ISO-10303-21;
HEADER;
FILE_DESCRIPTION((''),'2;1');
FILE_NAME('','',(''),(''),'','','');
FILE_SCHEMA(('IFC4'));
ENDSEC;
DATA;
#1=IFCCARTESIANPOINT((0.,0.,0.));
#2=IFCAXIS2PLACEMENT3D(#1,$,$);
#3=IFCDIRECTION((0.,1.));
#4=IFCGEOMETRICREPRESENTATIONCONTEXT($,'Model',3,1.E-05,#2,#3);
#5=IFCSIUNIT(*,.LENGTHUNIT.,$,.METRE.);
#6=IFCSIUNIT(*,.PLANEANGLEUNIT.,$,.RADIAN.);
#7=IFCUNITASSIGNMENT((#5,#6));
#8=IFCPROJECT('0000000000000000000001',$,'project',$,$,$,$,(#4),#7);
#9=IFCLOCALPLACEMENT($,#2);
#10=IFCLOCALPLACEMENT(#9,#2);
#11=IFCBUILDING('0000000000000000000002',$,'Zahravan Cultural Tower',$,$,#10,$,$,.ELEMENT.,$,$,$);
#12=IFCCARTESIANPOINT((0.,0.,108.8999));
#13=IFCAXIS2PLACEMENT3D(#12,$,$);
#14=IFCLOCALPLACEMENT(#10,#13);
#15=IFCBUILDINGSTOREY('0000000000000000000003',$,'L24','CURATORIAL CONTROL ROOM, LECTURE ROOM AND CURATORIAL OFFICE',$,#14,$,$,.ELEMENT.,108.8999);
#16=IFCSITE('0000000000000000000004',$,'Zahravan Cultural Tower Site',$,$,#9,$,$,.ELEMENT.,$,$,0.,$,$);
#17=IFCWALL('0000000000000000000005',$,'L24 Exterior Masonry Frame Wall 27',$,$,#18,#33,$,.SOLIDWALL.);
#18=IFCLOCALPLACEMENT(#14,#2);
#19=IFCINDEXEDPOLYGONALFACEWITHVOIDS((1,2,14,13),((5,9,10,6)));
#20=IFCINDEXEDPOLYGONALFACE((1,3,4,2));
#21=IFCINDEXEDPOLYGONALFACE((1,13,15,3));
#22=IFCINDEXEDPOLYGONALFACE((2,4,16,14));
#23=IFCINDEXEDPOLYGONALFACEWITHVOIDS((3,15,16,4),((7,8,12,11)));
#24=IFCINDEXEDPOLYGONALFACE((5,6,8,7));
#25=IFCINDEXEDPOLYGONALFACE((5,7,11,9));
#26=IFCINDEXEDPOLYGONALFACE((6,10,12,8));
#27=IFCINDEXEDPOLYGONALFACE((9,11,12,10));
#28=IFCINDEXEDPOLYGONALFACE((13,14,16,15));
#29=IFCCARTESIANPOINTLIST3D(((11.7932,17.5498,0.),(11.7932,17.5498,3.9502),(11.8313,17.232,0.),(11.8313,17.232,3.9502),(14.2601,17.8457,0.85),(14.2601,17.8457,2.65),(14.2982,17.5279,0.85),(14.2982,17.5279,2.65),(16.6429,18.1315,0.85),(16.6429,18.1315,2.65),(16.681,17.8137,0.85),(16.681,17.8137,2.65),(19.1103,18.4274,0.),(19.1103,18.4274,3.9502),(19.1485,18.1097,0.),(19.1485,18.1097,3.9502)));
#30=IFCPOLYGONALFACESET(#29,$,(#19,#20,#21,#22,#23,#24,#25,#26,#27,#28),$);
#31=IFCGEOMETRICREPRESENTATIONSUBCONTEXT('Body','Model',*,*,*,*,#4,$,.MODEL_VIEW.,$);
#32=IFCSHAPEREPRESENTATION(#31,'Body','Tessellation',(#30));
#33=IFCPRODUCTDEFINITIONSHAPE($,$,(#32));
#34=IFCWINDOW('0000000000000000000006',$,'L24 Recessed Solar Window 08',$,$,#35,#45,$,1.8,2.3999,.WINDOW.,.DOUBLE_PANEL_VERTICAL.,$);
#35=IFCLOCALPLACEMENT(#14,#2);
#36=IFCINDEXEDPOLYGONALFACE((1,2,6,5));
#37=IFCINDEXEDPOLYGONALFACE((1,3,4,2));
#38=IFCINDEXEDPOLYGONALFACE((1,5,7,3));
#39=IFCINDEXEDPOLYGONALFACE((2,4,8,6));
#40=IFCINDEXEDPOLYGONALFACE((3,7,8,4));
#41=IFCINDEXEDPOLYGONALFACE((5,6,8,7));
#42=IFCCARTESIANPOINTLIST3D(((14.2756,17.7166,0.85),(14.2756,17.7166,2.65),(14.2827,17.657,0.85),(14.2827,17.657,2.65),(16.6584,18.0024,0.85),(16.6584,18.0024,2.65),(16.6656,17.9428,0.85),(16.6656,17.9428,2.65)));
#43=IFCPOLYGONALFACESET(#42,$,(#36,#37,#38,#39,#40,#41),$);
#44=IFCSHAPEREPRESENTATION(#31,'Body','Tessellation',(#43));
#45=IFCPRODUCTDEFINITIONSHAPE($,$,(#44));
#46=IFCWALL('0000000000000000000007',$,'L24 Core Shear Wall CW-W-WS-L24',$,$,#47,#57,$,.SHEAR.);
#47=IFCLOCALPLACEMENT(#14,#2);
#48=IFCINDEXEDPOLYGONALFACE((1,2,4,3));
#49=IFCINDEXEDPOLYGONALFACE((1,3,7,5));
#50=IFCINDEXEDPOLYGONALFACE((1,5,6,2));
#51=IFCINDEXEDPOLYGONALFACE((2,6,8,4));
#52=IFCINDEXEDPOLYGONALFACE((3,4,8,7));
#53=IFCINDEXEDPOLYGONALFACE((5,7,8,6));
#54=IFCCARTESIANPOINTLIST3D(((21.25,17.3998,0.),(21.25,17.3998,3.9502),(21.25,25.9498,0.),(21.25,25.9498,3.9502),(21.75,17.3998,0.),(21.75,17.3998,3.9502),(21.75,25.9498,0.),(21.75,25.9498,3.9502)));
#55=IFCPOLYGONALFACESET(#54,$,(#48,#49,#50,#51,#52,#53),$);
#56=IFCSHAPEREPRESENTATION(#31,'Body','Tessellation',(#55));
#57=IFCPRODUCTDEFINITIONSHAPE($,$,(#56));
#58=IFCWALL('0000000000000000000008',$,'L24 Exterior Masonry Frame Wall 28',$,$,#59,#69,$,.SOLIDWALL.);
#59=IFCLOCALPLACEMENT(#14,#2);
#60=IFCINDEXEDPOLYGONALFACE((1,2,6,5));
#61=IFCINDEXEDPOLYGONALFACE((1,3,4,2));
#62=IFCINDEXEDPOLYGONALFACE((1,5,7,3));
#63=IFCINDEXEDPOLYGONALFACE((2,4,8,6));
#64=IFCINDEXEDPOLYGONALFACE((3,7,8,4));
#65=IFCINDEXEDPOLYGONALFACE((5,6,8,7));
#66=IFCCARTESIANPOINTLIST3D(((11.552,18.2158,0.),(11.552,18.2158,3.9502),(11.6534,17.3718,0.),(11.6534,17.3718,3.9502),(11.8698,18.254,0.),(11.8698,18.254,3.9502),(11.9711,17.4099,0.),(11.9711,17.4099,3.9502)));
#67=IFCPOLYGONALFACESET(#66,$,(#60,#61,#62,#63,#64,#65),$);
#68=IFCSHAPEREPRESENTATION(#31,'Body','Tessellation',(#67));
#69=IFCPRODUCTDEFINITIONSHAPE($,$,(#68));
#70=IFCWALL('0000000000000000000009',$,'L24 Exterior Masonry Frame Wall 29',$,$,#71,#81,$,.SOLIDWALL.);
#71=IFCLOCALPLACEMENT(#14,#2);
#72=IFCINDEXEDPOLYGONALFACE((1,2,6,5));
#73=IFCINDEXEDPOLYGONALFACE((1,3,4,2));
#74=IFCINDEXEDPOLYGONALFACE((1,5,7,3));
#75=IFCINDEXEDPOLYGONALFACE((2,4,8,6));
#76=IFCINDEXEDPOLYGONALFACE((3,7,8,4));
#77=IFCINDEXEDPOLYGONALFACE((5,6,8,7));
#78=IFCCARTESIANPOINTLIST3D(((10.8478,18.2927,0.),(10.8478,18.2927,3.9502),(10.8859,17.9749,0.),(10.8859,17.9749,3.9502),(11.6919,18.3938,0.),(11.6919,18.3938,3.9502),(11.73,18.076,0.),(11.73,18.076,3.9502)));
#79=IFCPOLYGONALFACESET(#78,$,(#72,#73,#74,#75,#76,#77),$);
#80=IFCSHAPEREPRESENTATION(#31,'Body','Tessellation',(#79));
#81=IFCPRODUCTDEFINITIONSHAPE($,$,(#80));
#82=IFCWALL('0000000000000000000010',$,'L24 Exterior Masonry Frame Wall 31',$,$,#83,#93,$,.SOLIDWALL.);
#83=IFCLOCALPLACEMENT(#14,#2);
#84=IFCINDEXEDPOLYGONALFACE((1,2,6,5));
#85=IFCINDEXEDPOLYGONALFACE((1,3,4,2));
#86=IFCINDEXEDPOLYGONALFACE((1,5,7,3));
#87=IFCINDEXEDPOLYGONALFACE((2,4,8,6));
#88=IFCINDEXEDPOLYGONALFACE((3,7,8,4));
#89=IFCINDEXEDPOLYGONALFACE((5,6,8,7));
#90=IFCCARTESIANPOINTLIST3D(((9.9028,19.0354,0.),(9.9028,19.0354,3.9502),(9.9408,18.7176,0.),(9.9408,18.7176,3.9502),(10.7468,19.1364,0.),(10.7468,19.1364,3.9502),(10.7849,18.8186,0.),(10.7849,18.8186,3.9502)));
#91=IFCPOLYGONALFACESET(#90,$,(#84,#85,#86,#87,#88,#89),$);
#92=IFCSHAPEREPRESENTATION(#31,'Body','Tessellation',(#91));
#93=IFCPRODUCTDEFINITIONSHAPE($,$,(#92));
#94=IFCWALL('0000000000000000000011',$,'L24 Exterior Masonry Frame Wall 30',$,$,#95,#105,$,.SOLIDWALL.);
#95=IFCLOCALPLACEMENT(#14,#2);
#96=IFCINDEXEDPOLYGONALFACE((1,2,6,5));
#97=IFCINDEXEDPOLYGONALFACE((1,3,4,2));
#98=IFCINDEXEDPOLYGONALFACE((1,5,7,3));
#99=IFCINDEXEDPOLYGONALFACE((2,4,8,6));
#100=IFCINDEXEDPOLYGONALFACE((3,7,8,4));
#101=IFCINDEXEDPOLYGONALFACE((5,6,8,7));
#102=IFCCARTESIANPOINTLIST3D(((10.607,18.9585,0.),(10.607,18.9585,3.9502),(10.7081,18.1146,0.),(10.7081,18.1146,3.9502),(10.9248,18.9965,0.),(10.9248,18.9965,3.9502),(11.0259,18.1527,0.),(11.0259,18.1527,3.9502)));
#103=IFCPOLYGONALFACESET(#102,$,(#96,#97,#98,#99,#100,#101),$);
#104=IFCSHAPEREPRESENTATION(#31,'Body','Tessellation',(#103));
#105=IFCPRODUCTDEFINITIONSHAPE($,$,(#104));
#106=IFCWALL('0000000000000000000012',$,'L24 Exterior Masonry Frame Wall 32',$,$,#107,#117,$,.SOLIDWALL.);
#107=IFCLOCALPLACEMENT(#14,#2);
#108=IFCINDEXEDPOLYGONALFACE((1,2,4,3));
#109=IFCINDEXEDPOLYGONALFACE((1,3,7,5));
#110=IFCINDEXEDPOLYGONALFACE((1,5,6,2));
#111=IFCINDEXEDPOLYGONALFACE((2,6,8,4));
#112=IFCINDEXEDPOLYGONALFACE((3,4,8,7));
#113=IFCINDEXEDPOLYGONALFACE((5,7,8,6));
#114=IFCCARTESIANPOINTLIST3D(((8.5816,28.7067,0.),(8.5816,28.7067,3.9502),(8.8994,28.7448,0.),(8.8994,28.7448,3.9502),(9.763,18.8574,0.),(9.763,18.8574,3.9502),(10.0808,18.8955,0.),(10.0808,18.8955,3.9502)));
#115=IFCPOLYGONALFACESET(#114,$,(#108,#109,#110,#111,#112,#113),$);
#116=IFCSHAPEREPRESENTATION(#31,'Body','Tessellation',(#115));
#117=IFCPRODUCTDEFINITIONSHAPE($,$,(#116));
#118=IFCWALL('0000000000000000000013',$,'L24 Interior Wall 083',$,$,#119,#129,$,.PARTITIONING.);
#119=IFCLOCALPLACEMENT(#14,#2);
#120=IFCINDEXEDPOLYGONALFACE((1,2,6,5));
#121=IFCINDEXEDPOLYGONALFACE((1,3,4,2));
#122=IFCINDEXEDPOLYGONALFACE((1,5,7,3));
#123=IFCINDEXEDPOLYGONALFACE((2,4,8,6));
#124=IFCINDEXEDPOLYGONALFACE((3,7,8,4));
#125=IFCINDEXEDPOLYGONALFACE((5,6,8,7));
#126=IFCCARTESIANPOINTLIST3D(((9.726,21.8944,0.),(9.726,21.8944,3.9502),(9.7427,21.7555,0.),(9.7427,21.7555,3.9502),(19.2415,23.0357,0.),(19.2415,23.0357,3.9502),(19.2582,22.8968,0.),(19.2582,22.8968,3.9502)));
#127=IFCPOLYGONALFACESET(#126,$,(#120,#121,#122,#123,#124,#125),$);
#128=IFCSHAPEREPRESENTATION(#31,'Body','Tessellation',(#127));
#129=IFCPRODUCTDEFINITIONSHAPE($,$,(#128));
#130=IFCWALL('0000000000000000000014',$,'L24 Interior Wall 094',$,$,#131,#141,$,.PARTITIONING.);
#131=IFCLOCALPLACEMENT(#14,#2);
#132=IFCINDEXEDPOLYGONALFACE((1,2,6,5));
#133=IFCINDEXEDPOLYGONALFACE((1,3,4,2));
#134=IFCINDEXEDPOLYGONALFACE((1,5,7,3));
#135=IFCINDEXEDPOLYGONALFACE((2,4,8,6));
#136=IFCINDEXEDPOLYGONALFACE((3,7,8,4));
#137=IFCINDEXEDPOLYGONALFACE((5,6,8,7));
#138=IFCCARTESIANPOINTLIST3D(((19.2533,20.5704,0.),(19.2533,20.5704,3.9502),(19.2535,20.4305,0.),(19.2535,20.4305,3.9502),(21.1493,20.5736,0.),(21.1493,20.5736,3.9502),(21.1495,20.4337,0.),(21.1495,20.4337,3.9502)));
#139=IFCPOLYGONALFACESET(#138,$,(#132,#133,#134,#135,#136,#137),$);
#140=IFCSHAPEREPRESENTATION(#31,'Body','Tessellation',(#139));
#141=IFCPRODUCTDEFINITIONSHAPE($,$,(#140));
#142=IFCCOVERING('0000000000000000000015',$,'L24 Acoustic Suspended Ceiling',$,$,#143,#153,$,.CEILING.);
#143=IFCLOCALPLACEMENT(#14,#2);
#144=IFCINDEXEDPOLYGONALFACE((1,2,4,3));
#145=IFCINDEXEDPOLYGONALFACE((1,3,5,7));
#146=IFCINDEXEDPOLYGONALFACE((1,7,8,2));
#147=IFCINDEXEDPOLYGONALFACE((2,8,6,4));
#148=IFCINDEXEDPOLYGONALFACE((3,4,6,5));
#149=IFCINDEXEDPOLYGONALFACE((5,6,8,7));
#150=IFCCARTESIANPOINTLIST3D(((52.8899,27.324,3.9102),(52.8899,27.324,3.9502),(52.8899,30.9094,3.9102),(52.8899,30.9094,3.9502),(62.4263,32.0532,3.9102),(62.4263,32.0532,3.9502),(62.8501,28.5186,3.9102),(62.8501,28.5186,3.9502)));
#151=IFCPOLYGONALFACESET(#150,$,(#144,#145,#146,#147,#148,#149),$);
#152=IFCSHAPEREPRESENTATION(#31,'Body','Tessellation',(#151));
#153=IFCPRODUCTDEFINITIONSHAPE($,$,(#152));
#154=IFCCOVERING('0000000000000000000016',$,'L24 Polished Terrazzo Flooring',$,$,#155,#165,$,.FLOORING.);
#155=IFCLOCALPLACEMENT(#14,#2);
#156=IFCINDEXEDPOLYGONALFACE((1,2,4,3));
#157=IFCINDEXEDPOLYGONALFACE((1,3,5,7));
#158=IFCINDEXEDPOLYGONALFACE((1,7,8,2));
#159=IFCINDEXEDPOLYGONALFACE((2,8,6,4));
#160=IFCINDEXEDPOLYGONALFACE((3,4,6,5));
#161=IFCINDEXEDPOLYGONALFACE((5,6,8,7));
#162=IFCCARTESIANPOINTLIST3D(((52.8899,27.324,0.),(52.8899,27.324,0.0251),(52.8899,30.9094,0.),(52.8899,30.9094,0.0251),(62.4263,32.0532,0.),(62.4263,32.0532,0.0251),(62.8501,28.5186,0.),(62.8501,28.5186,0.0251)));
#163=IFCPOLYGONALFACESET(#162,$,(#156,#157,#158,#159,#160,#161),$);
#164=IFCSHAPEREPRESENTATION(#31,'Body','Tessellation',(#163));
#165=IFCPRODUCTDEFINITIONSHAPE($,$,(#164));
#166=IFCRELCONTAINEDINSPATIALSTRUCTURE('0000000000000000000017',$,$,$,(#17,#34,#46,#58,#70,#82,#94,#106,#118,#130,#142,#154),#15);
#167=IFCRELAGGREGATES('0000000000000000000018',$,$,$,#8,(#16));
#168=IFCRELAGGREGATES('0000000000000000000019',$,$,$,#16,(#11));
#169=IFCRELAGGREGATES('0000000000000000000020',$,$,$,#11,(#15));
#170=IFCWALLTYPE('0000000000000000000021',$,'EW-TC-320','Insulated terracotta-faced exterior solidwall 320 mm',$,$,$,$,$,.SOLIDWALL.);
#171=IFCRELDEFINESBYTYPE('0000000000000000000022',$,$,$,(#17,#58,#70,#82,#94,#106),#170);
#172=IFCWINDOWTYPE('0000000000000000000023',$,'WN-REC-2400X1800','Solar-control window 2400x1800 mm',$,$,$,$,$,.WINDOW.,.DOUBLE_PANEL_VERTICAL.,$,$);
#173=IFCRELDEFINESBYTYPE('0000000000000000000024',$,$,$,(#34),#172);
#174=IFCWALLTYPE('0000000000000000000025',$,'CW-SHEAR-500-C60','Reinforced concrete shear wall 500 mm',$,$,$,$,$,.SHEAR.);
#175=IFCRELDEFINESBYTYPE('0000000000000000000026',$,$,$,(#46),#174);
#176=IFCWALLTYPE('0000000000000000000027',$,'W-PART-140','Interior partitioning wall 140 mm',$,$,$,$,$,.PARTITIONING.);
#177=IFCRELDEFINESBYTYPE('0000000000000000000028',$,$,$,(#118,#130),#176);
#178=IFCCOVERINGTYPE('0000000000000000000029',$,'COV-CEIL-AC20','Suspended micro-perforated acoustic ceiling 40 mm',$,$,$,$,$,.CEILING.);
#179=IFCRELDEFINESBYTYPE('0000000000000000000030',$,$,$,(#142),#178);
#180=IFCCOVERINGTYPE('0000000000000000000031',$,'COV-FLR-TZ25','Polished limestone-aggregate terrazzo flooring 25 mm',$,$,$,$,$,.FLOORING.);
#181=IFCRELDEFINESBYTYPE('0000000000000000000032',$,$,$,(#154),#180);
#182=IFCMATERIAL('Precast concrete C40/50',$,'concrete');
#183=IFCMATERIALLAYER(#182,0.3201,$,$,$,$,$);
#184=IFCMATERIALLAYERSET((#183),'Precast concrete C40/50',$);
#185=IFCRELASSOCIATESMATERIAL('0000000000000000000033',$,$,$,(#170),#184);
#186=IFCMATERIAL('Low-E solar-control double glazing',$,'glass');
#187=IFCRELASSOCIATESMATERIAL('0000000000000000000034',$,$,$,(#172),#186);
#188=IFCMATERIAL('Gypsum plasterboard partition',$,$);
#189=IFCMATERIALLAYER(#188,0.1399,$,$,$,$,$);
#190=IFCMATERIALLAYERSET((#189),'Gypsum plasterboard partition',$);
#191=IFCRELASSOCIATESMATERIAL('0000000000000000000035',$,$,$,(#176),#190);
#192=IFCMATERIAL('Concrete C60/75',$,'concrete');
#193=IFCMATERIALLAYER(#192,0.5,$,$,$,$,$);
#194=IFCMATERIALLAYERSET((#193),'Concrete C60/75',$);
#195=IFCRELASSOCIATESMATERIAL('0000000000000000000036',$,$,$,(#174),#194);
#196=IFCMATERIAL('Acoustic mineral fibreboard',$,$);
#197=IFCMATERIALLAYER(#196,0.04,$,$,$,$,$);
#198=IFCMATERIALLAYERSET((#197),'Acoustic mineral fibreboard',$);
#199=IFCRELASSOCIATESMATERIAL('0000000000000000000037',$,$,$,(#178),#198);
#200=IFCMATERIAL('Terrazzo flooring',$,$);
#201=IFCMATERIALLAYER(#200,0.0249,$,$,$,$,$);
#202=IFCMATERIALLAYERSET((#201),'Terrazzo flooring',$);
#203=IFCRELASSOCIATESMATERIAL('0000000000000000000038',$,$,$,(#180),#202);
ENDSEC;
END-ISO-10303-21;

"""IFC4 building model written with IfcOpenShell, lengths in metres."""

from ifc_helpers import new_model, si_unit, direction, frame, frame_2d, origin, place, context, subcontext, project, spatial, polyline, rectangle, outline, extrude, source, transform, mapped, material, layer, layer_set, type_object, element, fill, save


model = new_model("IFC4")

# Units and contexts
model_context = context("Model", 3, precision=1e-05, world=origin(), true_north=direction((0.0, 1.0)))
body_context = subcontext(model_context, "Body", "Model", "MODEL_VIEW")
ifc_project = project(units=[si_unit("LENGTHUNIT", "METRE"), si_unit("PLANEANGLEUNIT", "RADIAN")], contexts=[model_context])

# Site, building, storey
site_placement = place(None, origin())
site = spatial("IfcSite", under=ifc_project, at=site_placement, Name="Zahravan Cultural Tower Site", CompositionType="ELEMENT", RefElevation=0.0)
building_placement = place(site_placement, origin())
building = spatial("IfcBuilding", under=site, at=building_placement, Name="Zahravan Cultural Tower", CompositionType="ELEMENT")
storey_placement = place(building_placement, frame((0.0, 0.0, 108.8999)))
storey = spatial("IfcBuildingStorey", under=building, at=storey_placement, Name="L24", Description="CURATORIAL CONTROL ROOM, LECTURE ROOM AND CURATORIAL OFFICE", CompositionType="ELEMENT", Elevation=108.8999)

# Wall, opening, window
ifc_material_1 = material(Name="Precast concrete C40/50", Category="concrete")
ifc_layer_1 = layer(ifc_material_1, 0.3201)
ifc_layer_set_1 = layer_set([ifc_layer_1], Name="Precast concrete C40/50")
wall_type_1 = type_object("IfcWallType", Name="EW-TC-320", Description="Insulated terracotta-faced exterior solidwall 320 mm", PredefinedType="SOLIDWALL", material=ifc_layer_set_1)
wall_1_placement = place(storey_placement, frame((19.1294, 18.2686, 0.0), z_axis=(0.0, 0.0, 1.0), x_axis=(-0.992883, -0.119096, 0.0)))
wall_1 = element("IfcWall", 1, at=wall_1_placement, inside=storey, type_object=wall_type_1, Name="L24 Exterior Masonry Frame Wall 27", PredefinedType="SOLIDWALL", context=body_context, shape_type="SweptSolid", body=[
    extrude(rectangle(XDim=7.3696, YDim=0.3201, at=frame_2d((3.6848, 0.0))), origin(), (0.0, 0.0, 1.0), 3.9502),
])
opening_1_placement = place(wall_1_placement, frame((2.4851, 0.0, 0.8501)))
opening_1 = element("IfcOpeningElement", 2, at=opening_1_placement, cuts=wall_1, PredefinedType="OPENING", context=body_context, shape_type="SweptSolid", body=[
    extrude(rectangle(XDim=2.3999, YDim=1.8, at=frame_2d((1.2, 0.8999))), frame((0.0, 0.1699, 0.0), z_axis=(0.0, -1.0, 0.0), x_axis=(1.0, 0.0, 0.0)), (0.0, 0.0, 1.0), 0.3401),
])
ifc_material_2 = material(Name="Low-E solar-control double glazing", Category="glass")
window_type = type_object("IfcWindowType", Name="WN-REC-2400X1800", Description="Solar-control window 2400x1800 mm", PartitioningType="DOUBLE_PANEL_VERTICAL", PredefinedType="WINDOW", material=ifc_material_2)
shared_shape_1 = source(origin(), body_context, "Body", "SweptSolid", [
    extrude(rectangle(XDim=2.3999, YDim=1.8, at=frame_2d((1.2, 0.8999))), frame((0.0, 0.03, 0.0), z_axis=(0.0, -1.0, 0.0), x_axis=(1.0, 0.0, 0.0)), (0.0, 0.0, 1.0), 0.0601),
])
window_placement = place(opening_1_placement, origin())
window = element("IfcWindow", 3, at=window_placement, inside=storey, type_object=window_type, Name="L24 Recessed Solar Window 08", OverallHeight=1.8, OverallWidth=2.3999, PartitioningType="DOUBLE_PANEL_VERTICAL", PredefinedType="WINDOW", context=body_context, shape_type="MappedRepresentation", body=[
    mapped(shared_shape_1, transform((0.0, 0.0, 0.0), x_axis=(1.0, 0.0, 0.0), y_axis=(0.0, 1.0, 0.0), z_axis=(0.0, 0.0, 1.0), scale=1.0)),
])
fill(opening_1, window)

# Shared definitions
ifc_material_3 = material(Name="Gypsum plasterboard partition")
ifc_layer_2 = layer(ifc_material_3, 0.1399)
ifc_layer_set_2 = layer_set([ifc_layer_2], Name="Gypsum plasterboard partition")
wall_type_2 = type_object("IfcWallType", Name="W-PART-140", Description="Interior partitioning wall 140 mm", PredefinedType="PARTITIONING", material=ifc_layer_set_2)

# Walls
ifc_material_4 = material(Name="Concrete C60/75", Category="concrete")
ifc_layer_3 = layer(ifc_material_4, 0.5)
ifc_layer_set_3 = layer_set([ifc_layer_3], Name="Concrete C60/75")
wall_type_3 = type_object("IfcWallType", Name="CW-SHEAR-500-C60", Description="Reinforced concrete shear wall 500 mm", PredefinedType="SHEAR", material=ifc_layer_set_3)
shared_shape_2 = source(origin(), body_context, "Body", "SweptSolid", [
    extrude(rectangle(XDim=8.55, YDim=0.5, at=frame_2d((4.2749, 0.0))), origin(), (0.0, 0.0, 1.0), 3.9502),
])
wall_2_placement = place(storey_placement, frame((21.5, 17.3999, 0.0), z_axis=(0.0, 0.0, 1.0), x_axis=(0.0, 1.0, 0.0)))
element("IfcWall", 4, at=wall_2_placement, inside=storey, type_object=wall_type_3, Name="L24 Core Shear Wall CW-W-WS-L24", PredefinedType="SHEAR", context=body_context, shape_type="MappedRepresentation", body=[
    mapped(shared_shape_2, transform((0.0, 0.0, 0.0), x_axis=(1.0, 0.0, 0.0), y_axis=(0.0, 1.0, 0.0), z_axis=(0.0, 0.0, 1.0), scale=1.0)),
])
shared_shape_3 = source(origin(), body_context, "Body", "SweptSolid", [
    extrude(rectangle(XDim=0.8501, YDim=0.3201, at=frame_2d((0.425, 0.0))), origin(), (0.0, 0.0, 1.0), 3.9502),
])
for number, where, z_axis, x_axis, name in (
    (5, (11.8123, 17.3909, 0.0), (0.0, 0.0, 1.0), (-0.119191, 0.992871, 0.0), "L24 Exterior Masonry Frame Wall 28"),
    (6, (11.7109, 18.2349, 0.0), (0.0, 0.0, 1.0), (-0.992905, -0.118907, 0.0), "L24 Exterior Masonry Frame Wall 29"),
    (7, (10.7659, 18.9775, 0.0), (0.0, 0.0, 1.0), (-0.992905, -0.118907, 0.0), "L24 Exterior Masonry Frame Wall 31"),
):
    element("IfcWall", number, at=place(storey_placement, frame(where, z_axis=z_axis, x_axis=x_axis)), inside=storey, type_object=wall_type_1, Name=name, PredefinedType="SOLIDWALL", context=body_context, shape_type="MappedRepresentation", body=[
        mapped(shared_shape_3, transform((0.0, 0.0, 0.0), x_axis=(1.0, 0.0, 0.0), y_axis=(0.0, 1.0, 0.0), z_axis=(0.0, 0.0, 1.0), scale=1.0)),
    ])
shared_shape_4 = source(origin(), body_context, "Body", "SweptSolid", [
    extrude(rectangle(XDim=0.8499, YDim=0.3201, at=frame_2d((0.4248, 0.0))), origin(), (0.0, 0.0, 1.0), 3.9502),
])
wall_3_placement = place(storey_placement, frame((10.8669, 18.1338, 0.0), z_axis=(0.0, 0.0, 1.0), x_axis=(-0.118941, 0.992901, 0.0)))
element("IfcWall", 8, at=wall_3_placement, inside=storey, type_object=wall_type_1, Name="L24 Exterior Masonry Frame Wall 30", PredefinedType="SOLIDWALL", context=body_context, shape_type="MappedRepresentation", body=[
    mapped(shared_shape_4, transform((0.0, 0.0, 0.0), x_axis=(1.0, 0.0, 0.0), y_axis=(0.0, 1.0, 0.0), z_axis=(0.0, 0.0, 1.0), scale=1.0)),
])
shared_shape_5 = source(origin(), body_context, "Body", "SweptSolid", [
    extrude(rectangle(XDim=9.9199, YDim=0.3201, at=frame_2d((4.96, 0.0))), origin(), (0.0, 0.0, 1.0), 3.9502),
])
wall_4_placement = place(storey_placement, frame((9.9219, 18.8765, 0.0), z_axis=(0.0, 0.0, 1.0), x_axis=(-0.119093, 0.992883, 0.0)))
element("IfcWall", 9, at=wall_4_placement, inside=storey, type_object=wall_type_1, Name="L24 Exterior Masonry Frame Wall 32", PredefinedType="SOLIDWALL", context=body_context, shape_type="MappedRepresentation", body=[
    mapped(shared_shape_5, transform((0.0, 0.0, 0.0), x_axis=(1.0, 0.0, 0.0), y_axis=(0.0, 1.0, 0.0), z_axis=(0.0, 0.0, 1.0), scale=1.0)),
])
shared_shape_6 = source(origin(), body_context, "Body", "SweptSolid", [
    extrude(rectangle(XDim=9.5837, YDim=0.1399, at=frame_2d((4.792, 0.0))), origin(), (0.0, 0.0, 1.0), 3.9502),
])
wall_5_placement = place(storey_placement, frame((19.25, 22.9663, 0.0), z_axis=(0.0, 0.0, 1.0), x_axis=(-0.992883, -0.119092, 0.0)))
element("IfcWall", 10, at=wall_5_placement, inside=storey, type_object=wall_type_2, Name="L24 Interior Wall 083", PredefinedType="PARTITIONING", context=body_context, shape_type="MappedRepresentation", body=[
    mapped(shared_shape_6, transform((0.0, 0.0, 0.0), x_axis=(1.0, 0.0, 0.0), y_axis=(0.0, 1.0, 0.0), z_axis=(0.0, 0.0, 1.0), scale=1.0)),
])
shared_shape_7 = source(origin(), body_context, "Body", "SweptSolid", [
    extrude(rectangle(XDim=1.896, YDim=0.1399, at=frame_2d((0.948, 0.0))), origin(), (0.0, 0.0, 1.0), 3.9502),
])
wall_6_placement = place(storey_placement, frame((19.2534, 20.5005, 0.0), z_axis=(0.0, 0.0, 1.0), x_axis=(0.999999, 0.001674, 0.0)))
element("IfcWall", 11, at=wall_6_placement, inside=storey, type_object=wall_type_2, Name="L24 Interior Wall 094", PredefinedType="PARTITIONING", context=body_context, shape_type="MappedRepresentation", body=[
    mapped(shared_shape_7, transform((0.0, 0.0, 0.0), x_axis=(1.0, 0.0, 0.0), y_axis=(0.0, 1.0, 0.0), z_axis=(0.0, 0.0, 1.0), scale=1.0)),
])

# Coverings
ifc_material_5 = material(Name="Acoustic mineral fibreboard")
ifc_layer_4 = layer(ifc_material_5, 0.04)
ifc_layer_set_4 = layer_set([ifc_layer_4], Name="Acoustic mineral fibreboard")
covering_type_1 = type_object("IfcCoveringType", Name="COV-CEIL-AC20", Description="Suspended micro-perforated acoustic ceiling 40 mm", PredefinedType="CEILING", material=ifc_layer_set_4)
covering_1_placement = place(storey_placement, frame((0.0, 0.0, 3.9102)))
element("IfcCovering", 12, at=covering_1_placement, inside=storey, type_object=covering_type_1, Name="L24 Acoustic Suspended Ceiling", PredefinedType="CEILING", context=body_context, shape_type="SweptSolid", body=[
    extrude(outline(polyline([(62.8501, 28.5186), (62.4263, 32.0532), (52.8899, 30.9094), (52.8899, 27.324), (62.8501, 28.5186)])), origin(), (0.0, 0.0, 1.0), 0.04),
])
ifc_material_6 = material(Name="Terrazzo flooring")
ifc_layer_5 = layer(ifc_material_6, 0.0249)
ifc_layer_set_5 = layer_set([ifc_layer_5], Name="Terrazzo flooring")
covering_type_2 = type_object("IfcCoveringType", Name="COV-FLR-TZ25", Description="Polished limestone-aggregate terrazzo flooring 25 mm", PredefinedType="FLOORING", material=ifc_layer_set_5)
covering_2_placement = place(storey_placement, origin())
element("IfcCovering", 13, at=covering_2_placement, inside=storey, type_object=covering_type_2, Name="L24 Polished Terrazzo Flooring", PredefinedType="FLOORING", context=body_context, shape_type="SweptSolid", body=[
    extrude(outline(polyline([(62.8501, 28.5186), (62.4263, 32.0532), (52.8899, 30.9094), (52.8899, 27.324), (62.8501, 28.5186)])), origin(), (0.0, 0.0, 1.0), 0.0251),
])

save(model, "model.ifc")
